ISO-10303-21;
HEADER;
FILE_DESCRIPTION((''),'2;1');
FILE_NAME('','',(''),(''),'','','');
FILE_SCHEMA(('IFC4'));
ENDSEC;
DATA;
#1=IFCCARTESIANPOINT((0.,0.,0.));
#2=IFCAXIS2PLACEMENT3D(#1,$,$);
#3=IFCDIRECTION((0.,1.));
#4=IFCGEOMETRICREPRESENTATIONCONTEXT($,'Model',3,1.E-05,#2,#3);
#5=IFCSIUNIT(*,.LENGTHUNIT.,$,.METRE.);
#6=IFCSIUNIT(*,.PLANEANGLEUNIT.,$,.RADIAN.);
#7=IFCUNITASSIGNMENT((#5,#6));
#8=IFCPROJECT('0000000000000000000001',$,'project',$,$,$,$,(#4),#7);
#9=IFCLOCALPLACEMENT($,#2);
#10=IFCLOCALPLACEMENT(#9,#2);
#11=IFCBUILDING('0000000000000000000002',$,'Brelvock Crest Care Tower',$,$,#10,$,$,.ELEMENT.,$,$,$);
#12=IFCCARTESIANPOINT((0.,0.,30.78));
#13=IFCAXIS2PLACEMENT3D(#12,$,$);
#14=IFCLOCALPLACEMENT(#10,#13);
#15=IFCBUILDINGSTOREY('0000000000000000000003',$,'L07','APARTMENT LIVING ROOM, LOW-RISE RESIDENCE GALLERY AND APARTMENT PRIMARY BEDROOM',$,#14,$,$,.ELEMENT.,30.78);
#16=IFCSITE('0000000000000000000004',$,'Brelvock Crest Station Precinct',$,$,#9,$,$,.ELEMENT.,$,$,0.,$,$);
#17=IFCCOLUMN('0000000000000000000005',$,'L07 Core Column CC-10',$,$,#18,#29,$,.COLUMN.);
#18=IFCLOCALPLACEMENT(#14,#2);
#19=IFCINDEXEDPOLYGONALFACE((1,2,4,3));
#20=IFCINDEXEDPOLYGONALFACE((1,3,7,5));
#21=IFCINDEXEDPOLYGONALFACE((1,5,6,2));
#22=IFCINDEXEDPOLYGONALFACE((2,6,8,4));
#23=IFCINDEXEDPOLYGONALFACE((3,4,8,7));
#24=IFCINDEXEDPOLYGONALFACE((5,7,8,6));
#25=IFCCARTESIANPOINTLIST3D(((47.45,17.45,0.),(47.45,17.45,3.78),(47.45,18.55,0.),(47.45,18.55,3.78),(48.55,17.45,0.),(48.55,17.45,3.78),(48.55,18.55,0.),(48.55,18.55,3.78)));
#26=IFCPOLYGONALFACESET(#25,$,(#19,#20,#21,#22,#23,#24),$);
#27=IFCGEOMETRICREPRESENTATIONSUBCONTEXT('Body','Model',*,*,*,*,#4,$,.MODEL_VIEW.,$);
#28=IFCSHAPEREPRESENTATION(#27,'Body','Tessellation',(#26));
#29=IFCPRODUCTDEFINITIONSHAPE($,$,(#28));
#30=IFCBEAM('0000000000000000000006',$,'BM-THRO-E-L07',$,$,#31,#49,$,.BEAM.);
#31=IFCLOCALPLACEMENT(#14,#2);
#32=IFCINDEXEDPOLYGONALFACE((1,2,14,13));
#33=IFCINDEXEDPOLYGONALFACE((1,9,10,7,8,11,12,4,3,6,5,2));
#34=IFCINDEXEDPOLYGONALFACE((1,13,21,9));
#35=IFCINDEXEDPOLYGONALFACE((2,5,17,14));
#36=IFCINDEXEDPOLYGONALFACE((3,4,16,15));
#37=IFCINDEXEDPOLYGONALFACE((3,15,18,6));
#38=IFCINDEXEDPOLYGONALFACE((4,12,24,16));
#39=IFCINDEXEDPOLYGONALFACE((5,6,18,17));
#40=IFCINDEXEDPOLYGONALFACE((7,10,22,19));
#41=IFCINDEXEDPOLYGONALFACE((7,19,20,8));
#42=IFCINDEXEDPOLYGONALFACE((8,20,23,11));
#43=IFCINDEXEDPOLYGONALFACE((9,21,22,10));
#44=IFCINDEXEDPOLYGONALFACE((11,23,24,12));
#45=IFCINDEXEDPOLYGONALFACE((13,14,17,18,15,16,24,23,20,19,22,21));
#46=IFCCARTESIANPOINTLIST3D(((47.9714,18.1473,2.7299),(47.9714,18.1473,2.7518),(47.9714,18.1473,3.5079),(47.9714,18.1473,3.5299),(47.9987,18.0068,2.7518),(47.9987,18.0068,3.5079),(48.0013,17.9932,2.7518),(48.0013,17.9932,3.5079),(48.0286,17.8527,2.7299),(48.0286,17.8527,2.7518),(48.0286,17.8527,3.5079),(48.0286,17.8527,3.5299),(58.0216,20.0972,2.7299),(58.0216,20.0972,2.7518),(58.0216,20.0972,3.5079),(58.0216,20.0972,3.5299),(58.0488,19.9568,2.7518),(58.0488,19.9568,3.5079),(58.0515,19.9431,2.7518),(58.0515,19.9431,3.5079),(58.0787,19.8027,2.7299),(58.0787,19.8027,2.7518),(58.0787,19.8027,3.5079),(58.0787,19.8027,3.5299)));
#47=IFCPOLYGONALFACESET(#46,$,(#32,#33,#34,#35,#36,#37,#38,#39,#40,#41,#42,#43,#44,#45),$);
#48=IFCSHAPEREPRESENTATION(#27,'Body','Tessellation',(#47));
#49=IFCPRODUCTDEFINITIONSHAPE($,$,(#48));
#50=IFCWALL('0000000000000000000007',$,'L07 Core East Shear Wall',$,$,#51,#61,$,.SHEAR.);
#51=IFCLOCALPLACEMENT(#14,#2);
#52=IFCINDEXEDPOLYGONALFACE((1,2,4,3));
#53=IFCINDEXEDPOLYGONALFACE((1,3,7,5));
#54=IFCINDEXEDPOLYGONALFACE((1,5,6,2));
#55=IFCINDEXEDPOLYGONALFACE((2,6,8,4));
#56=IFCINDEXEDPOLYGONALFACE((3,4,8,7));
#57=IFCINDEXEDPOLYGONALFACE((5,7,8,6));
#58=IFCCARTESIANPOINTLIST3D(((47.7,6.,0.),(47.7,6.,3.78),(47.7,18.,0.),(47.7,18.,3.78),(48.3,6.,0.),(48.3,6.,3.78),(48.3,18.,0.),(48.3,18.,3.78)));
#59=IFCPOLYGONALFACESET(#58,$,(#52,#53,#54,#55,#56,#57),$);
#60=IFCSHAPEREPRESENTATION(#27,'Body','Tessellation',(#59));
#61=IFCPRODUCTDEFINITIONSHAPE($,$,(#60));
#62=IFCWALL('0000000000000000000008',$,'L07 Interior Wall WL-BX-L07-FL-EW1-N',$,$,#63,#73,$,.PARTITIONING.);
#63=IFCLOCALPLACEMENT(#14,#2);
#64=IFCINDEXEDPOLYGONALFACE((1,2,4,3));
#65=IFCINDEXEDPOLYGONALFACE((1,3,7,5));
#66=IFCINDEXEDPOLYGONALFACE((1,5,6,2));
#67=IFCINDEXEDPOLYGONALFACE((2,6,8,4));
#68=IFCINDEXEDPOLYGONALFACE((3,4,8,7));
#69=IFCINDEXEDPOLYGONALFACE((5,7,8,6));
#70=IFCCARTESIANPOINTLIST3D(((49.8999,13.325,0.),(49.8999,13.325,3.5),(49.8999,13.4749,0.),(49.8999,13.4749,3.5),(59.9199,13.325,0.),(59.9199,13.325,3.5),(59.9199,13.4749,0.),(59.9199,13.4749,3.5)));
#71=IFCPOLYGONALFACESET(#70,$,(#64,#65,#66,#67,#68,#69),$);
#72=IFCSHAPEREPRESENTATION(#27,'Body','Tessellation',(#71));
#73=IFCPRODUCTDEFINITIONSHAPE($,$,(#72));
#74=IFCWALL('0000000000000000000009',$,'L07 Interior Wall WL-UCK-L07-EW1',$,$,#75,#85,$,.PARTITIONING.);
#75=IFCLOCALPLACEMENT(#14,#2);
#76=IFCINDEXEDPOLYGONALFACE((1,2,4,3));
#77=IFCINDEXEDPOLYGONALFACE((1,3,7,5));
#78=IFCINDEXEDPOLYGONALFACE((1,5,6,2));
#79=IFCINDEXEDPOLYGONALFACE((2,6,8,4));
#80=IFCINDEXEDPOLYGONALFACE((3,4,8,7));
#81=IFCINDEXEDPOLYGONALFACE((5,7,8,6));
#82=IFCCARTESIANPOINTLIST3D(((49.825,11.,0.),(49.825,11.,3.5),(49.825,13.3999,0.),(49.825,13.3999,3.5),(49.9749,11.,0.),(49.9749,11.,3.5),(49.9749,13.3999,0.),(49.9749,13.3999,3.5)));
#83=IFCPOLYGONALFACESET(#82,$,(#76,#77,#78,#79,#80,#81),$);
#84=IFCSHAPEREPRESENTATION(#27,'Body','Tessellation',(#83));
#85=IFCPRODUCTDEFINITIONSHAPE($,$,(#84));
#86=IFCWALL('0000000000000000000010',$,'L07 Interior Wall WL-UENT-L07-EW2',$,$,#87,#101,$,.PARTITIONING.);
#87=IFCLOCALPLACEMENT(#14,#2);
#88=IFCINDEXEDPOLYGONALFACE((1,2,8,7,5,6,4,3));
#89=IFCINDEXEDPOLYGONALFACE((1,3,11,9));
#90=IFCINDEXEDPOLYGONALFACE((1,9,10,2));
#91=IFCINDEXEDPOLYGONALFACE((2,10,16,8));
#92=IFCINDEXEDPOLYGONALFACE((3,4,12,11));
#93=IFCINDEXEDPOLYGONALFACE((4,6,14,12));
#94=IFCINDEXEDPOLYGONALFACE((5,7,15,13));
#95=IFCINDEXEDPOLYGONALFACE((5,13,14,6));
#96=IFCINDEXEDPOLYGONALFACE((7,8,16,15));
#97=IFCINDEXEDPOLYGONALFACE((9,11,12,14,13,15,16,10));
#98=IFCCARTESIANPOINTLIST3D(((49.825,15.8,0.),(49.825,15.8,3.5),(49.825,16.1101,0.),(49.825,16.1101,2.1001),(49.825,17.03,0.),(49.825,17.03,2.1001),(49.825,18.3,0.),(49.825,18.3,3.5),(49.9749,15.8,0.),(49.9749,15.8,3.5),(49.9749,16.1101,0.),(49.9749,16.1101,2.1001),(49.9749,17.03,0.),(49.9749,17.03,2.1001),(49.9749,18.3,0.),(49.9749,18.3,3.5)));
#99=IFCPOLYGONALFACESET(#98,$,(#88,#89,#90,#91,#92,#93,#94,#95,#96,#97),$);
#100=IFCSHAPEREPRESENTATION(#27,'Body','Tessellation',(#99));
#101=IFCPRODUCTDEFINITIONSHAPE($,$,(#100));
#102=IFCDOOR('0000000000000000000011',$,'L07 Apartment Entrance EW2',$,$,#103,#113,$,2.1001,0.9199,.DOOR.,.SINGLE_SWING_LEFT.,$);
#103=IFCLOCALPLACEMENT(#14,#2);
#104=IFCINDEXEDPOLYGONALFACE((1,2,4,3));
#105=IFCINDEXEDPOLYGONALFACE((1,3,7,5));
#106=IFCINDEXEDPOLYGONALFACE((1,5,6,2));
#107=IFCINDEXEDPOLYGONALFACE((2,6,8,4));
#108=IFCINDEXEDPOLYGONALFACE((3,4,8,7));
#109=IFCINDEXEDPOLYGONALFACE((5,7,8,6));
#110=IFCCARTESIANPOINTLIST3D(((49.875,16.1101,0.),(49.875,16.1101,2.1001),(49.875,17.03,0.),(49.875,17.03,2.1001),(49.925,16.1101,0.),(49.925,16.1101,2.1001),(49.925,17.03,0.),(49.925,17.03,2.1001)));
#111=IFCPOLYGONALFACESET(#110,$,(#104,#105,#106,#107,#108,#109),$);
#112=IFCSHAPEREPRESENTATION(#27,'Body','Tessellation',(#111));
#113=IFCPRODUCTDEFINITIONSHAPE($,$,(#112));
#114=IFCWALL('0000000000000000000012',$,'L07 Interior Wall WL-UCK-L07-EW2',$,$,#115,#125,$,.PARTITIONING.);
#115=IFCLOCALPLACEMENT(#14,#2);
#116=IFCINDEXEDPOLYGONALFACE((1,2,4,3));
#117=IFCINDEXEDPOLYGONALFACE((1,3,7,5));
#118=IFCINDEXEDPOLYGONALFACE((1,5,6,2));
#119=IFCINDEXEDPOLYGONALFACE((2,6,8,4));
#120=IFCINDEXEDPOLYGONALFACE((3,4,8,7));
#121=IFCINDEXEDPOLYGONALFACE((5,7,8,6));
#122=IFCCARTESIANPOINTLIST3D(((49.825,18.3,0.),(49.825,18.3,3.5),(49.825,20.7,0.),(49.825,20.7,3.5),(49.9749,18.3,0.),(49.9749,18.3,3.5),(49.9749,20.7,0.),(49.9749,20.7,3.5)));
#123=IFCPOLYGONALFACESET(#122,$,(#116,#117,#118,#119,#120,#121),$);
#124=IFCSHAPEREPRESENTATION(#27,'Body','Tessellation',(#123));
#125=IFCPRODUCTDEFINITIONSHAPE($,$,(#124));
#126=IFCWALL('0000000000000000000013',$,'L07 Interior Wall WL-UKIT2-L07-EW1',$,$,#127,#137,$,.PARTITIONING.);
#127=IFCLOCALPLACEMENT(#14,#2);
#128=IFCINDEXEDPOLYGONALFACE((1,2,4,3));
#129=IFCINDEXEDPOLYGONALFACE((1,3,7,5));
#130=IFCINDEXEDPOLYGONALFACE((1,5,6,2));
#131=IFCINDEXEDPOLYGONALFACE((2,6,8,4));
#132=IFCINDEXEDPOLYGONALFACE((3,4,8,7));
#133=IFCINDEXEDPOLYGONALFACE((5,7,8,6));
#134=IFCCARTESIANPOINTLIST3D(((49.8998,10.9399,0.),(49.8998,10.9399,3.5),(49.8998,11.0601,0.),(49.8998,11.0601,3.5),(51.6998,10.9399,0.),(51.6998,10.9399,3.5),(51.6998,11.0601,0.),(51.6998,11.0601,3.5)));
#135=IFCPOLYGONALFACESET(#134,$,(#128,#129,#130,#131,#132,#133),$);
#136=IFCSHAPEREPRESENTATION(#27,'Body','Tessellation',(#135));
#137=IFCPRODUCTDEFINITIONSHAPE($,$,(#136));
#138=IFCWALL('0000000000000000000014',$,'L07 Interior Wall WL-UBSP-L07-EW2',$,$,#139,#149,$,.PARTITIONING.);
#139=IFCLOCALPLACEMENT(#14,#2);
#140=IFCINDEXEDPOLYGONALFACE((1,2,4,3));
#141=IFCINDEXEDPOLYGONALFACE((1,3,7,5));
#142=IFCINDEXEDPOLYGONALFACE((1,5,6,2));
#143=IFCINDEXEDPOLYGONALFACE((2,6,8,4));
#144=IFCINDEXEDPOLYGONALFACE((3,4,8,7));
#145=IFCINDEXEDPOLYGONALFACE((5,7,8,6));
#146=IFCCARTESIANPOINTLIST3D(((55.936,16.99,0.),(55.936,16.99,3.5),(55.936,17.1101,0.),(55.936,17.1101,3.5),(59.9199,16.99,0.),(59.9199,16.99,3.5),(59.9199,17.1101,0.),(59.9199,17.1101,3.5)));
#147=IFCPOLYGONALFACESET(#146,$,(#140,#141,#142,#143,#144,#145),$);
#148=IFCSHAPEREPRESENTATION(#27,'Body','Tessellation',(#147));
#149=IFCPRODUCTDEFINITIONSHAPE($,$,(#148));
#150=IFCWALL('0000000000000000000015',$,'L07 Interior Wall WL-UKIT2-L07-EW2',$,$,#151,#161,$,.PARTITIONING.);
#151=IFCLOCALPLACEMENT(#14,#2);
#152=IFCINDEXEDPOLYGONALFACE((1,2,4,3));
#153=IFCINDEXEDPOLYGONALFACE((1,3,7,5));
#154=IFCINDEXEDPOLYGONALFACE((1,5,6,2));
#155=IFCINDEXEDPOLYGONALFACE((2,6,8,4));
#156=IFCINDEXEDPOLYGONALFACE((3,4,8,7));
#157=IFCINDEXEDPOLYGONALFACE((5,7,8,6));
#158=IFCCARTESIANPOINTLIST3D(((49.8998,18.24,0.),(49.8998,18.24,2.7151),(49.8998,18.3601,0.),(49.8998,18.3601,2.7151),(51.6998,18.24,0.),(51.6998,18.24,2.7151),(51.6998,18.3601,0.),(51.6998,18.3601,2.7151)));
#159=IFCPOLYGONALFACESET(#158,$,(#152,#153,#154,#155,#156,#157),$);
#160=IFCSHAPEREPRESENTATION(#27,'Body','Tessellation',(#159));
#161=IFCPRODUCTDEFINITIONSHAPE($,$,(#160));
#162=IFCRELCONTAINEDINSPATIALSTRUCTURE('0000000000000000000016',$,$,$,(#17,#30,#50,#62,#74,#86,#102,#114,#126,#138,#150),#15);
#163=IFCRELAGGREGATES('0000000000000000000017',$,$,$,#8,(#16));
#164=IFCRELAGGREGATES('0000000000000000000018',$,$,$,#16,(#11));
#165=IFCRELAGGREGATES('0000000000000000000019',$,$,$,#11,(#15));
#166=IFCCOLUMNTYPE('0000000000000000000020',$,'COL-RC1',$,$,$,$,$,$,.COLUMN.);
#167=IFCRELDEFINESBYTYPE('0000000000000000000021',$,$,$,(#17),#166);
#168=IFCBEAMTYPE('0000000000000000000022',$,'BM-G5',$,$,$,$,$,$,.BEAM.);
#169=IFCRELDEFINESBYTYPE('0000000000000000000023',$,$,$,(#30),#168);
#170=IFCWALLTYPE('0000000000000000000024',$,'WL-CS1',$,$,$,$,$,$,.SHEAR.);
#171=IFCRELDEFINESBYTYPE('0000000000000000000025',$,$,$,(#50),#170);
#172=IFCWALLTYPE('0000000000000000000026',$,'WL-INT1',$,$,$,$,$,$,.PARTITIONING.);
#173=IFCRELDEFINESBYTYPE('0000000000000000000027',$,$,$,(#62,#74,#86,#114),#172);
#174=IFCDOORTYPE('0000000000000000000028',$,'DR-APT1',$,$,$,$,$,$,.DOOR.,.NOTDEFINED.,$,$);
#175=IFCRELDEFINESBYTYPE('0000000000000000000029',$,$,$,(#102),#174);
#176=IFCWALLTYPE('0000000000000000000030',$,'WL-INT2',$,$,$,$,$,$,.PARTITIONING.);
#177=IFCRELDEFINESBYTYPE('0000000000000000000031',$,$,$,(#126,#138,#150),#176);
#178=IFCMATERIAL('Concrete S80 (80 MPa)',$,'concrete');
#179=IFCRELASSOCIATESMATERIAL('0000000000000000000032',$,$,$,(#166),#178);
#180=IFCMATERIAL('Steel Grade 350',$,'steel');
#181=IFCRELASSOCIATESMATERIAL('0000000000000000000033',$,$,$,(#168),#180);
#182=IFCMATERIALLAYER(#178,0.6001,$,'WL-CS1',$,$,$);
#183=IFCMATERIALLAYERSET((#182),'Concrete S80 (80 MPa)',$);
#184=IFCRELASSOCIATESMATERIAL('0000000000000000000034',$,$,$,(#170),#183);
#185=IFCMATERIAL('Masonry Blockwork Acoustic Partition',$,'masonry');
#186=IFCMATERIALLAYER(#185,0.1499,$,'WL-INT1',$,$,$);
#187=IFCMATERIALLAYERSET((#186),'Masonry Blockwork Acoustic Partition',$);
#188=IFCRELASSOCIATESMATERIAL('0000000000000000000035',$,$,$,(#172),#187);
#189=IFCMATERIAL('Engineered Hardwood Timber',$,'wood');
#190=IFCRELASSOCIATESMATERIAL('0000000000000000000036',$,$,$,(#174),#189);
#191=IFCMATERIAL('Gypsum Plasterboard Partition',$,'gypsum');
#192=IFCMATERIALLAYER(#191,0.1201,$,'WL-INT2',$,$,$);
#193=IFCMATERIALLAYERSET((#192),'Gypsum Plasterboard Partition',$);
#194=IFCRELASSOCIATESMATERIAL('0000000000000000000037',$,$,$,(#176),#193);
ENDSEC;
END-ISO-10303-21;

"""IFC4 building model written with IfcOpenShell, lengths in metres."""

from ifc_helpers import new_model, si_unit, direction, frame, frame_2d, origin, origin_2d, place, context, subcontext, project, spatial, rectangle, i_section, extrude, source, transform, mapped, material, layer, layer_set, material_profile, profile_set, type_object, element, fill, save


model = new_model("IFC4")

# Units and contexts
model_context = context("Model", 3, precision=1e-05, world=origin(), true_north=direction((0.0, 1.0)))
body_context = subcontext(model_context, "Body", "Model", "MODEL_VIEW")
ifc_project = project(units=[si_unit("LENGTHUNIT", "METRE"), si_unit("PLANEANGLEUNIT", "RADIAN")], contexts=[model_context])

# Site, building, storey
site_placement = place(None, origin())
site = spatial("IfcSite", under=ifc_project, at=site_placement, Name="Brelvock Crest Station Precinct", CompositionType="ELEMENT", RefElevation=0.0)
building_placement = place(site_placement, origin())
building = spatial("IfcBuilding", under=site, at=building_placement, Name="Brelvock Crest Care Tower", CompositionType="ELEMENT")
storey_placement = place(building_placement, frame((0.0, 0.0, 30.78)))
storey = spatial("IfcBuildingStorey", under=building, at=storey_placement, Name="L07", Description="APARTMENT LIVING ROOM, LOW-RISE RESIDENCE GALLERY AND APARTMENT PRIMARY BEDROOM", CompositionType="ELEMENT", Elevation=30.78)

# Column
ifc_material_1 = material(Name="Concrete S80 (80 MPa)", Category="concrete")
ifc_material_profile_1 = material_profile(ifc_material_1, rectangle(XDim=1.1001, YDim=1.1001, at=origin_2d()), Name="RC1100x1100")
ifc_profile_set_1 = profile_set([ifc_material_profile_1], Name="Concrete S80 (80 MPa)")
column_type = type_object("IfcColumnType", Name="COL-RC1", PredefinedType="COLUMN", material=ifc_profile_set_1)
shared_shape_1 = source(origin(), body_context, "Body", "SweptSolid", [
    extrude(rectangle(XDim=1.1001, YDim=1.1001, at=origin_2d()), origin(), (0.0, 0.0, 1.0), 3.78),
])
column_placement = place(storey_placement, frame((48.0, 18.0, 0.0), z_axis=(0.0, 0.0, 1.0), x_axis=(1.0, 0.0, 0.0)))
element("IfcColumn", 1, at=column_placement, inside=storey, type_object=column_type, Name="L07 Core Column CC-10", PredefinedType="COLUMN", context=body_context, shape_type="MappedRepresentation", body=[
    mapped(shared_shape_1, transform((0.0, 0.0, 0.0), x_axis=(1.0, 0.0, 0.0), y_axis=(0.0, 1.0, 0.0), z_axis=(0.0, 0.0, 1.0), scale=1.0)),
])

# Beam
ifc_material_2 = material(Name="Steel Grade 350", Category="steel")
ifc_material_profile_2 = material_profile(ifc_material_2, i_section(OverallWidth=0.3, OverallDepth=0.8, WebThickness=0.0139, FlangeThickness=0.022, at=origin_2d()), Name="800WB192")
ifc_profile_set_2 = profile_set([ifc_material_profile_2], Name="Steel Grade 350")
beam_type = type_object("IfcBeamType", Name="BM-G5", PredefinedType="BEAM", material=ifc_profile_set_2)
shared_shape_2 = source(origin(), body_context, "Body", "SweptSolid", [
    extrude(i_section(OverallWidth=0.3, OverallDepth=0.8, WebThickness=0.0139, FlangeThickness=0.022, at=origin_2d()), origin(), (0.0, 0.0, 1.0), 10.2375),
])
beam_placement = place(storey_placement, frame((48.0, 18.0, 3.1299), z_axis=(0.981693, 0.190472, 0.0), x_axis=(-0.190472, 0.981693, 0.0)))
element("IfcBeam", 2, at=beam_placement, inside=storey, type_object=beam_type, Name="BM-THRO-E-L07", PredefinedType="BEAM", context=body_context, shape_type="MappedRepresentation", body=[
    mapped(shared_shape_2, transform((0.0, 0.0, 0.0), x_axis=(1.0, 0.0, 0.0), y_axis=(0.0, 1.0, 0.0), z_axis=(0.0, 0.0, 1.0), scale=1.0)),
])

# Walls
ifc_layer_1 = layer(ifc_material_1, 0.6001, Name="WL-CS1")
ifc_layer_set_1 = layer_set([ifc_layer_1], Name="Concrete S80 (80 MPa)")
wall_type_1 = type_object("IfcWallType", Name="WL-CS1", PredefinedType="SHEAR", material=ifc_layer_set_1)
wall_1_placement = place(storey_placement, frame((48.0, 18.0, 0.0), z_axis=(0.0, 0.0, 1.0), x_axis=(0.0, -1.0, 0.0)))
element("IfcWall", 3, at=wall_1_placement, inside=storey, type_object=wall_type_1, Name="L07 Core East Shear Wall", PredefinedType="SHEAR", context=body_context, shape_type="SweptSolid", body=[
    extrude(rectangle(XDim=12.0, YDim=0.6001, at=frame_2d((6.0, 0.0))), origin(), (0.0, 0.0, 1.0), 3.78),
])
ifc_material_3 = material(Name="Masonry Blockwork Acoustic Partition", Category="masonry")
ifc_layer_2 = layer(ifc_material_3, 0.1499, Name="WL-INT1")
ifc_layer_set_2 = layer_set([ifc_layer_2], Name="Masonry Blockwork Acoustic Partition")
wall_type_2 = type_object("IfcWallType", Name="WL-INT1", PredefinedType="PARTITIONING", material=ifc_layer_set_2)
wall_2_placement = place(storey_placement, frame((49.8999, 13.3999, 0.0), z_axis=(0.0, 0.0, 1.0), x_axis=(1.0, 0.0, 0.0)))
element("IfcWall", 4, at=wall_2_placement, inside=storey, type_object=wall_type_2, Name="L07 Interior Wall WL-BX-L07-FL-EW1-N", PredefinedType="PARTITIONING", context=body_context, shape_type="SweptSolid", body=[
    extrude(rectangle(XDim=10.02, YDim=0.1499, at=frame_2d((5.01, 0.0))), origin(), (0.0, 0.0, 1.0), 3.5),
])
wall_3_placement = place(storey_placement, frame((49.8999, 11.0, 0.0), z_axis=(0.0, 0.0, 1.0), x_axis=(0.0, 1.0, 0.0)))
element("IfcWall", 5, at=wall_3_placement, inside=storey, type_object=wall_type_2, Name="L07 Interior Wall WL-UCK-L07-EW1", PredefinedType="PARTITIONING", context=body_context, shape_type="SweptSolid", body=[
    extrude(rectangle(XDim=2.3999, YDim=0.1499, at=frame_2d((1.2, 0.0))), origin(), (0.0, 0.0, 1.0), 3.5),
])

# Wall, opening, door
wall_4_placement = place(storey_placement, frame((49.8999, 15.8, 0.0), z_axis=(0.0, 0.0, 1.0), x_axis=(0.0, 1.0, 0.0)))
wall_4 = element("IfcWall", 6, at=wall_4_placement, inside=storey, type_object=wall_type_2, Name="L07 Interior Wall WL-UENT-L07-EW2", PredefinedType="PARTITIONING", context=body_context, shape_type="SweptSolid", body=[
    extrude(rectangle(XDim=2.5, YDim=0.1499, at=frame_2d((1.25, 0.0))), origin(), (0.0, 0.0, 1.0), 3.5),
])
opening_1_placement = place(wall_4_placement, frame((0.3101, 0.0, 0.0)))
opening_1 = element("IfcOpeningElement", 7, at=opening_1_placement, cuts=wall_4, PredefinedType="OPENING", context=body_context, shape_type="SweptSolid", body=[
    extrude(rectangle(XDim=0.9199, YDim=2.1001, at=origin_2d()), frame((0.46, 0.085, 1.05), z_axis=(0.0, -1.0, 0.0), x_axis=(1.0, 0.0, 0.0)), (0.0, 0.0, 1.0), 0.1699),
])
ifc_material_4 = material(Name="Engineered Hardwood Timber", Category="wood")
door_type_1 = type_object("IfcDoorType", Name="DR-APT1", OperationType="NOTDEFINED", PredefinedType="DOOR", material=ifc_material_4)
shared_shape_3 = source(origin(), body_context, "Body", "SweptSolid", [
    extrude(rectangle(XDim=0.9199, YDim=2.1001, at=origin_2d()), frame((0.46, 0.0249, 1.05), z_axis=(0.0, -1.0, 0.0), x_axis=(1.0, 0.0, 0.0)), (0.0, 0.0, 1.0), 0.05),
])
door_1_placement = place(opening_1_placement, origin())
door_1 = element("IfcDoor", 8, at=door_1_placement, inside=storey, type_object=door_type_1, Name="L07 Apartment Entrance EW2", OperationType="SINGLE_SWING_LEFT", OverallHeight=2.1001, OverallWidth=0.9199, PredefinedType="DOOR", context=body_context, shape_type="MappedRepresentation", body=[
    mapped(shared_shape_3, transform((0.0, 0.0, 0.0), x_axis=(1.0, 0.0, 0.0), y_axis=(0.0, 1.0, 0.0), z_axis=(0.0, 0.0, 1.0), scale=1.0)),
])
fill(opening_1, door_1)

# Walls
wall_5_placement = place(storey_placement, frame((49.8999, 18.3, 0.0), z_axis=(0.0, 0.0, 1.0), x_axis=(0.0, 1.0, 0.0)))
element("IfcWall", 9, at=wall_5_placement, inside=storey, type_object=wall_type_2, Name="L07 Interior Wall WL-UCK-L07-EW2", PredefinedType="PARTITIONING", context=body_context, shape_type="SweptSolid", body=[
    extrude(rectangle(XDim=2.3999, YDim=0.1499, at=frame_2d((1.2, 0.0))), origin(), (0.0, 0.0, 1.0), 3.5),
])
ifc_material_5 = material(Name="Gypsum Plasterboard Partition", Category="gypsum")
ifc_layer_3 = layer(ifc_material_5, 0.1201, Name="WL-INT2")
ifc_layer_set_3 = layer_set([ifc_layer_3], Name="Gypsum Plasterboard Partition")
wall_type_3 = type_object("IfcWallType", Name="WL-INT2", PredefinedType="PARTITIONING", material=ifc_layer_set_3)
wall_6_placement = place(storey_placement, frame((49.8999, 11.0, 0.0), z_axis=(0.0, 0.0, 1.0), x_axis=(1.0, 0.0, 0.0)))
element("IfcWall", 10, at=wall_6_placement, inside=storey, type_object=wall_type_3, Name="L07 Interior Wall WL-UKIT2-L07-EW1", PredefinedType="PARTITIONING", context=body_context, shape_type="SweptSolid", body=[
    extrude(rectangle(XDim=1.8, YDim=0.1201, at=frame_2d((0.8999, 0.0))), origin(), (0.0, 0.0, 1.0), 3.5),
])
wall_7_placement = place(storey_placement, frame((55.936, 17.05, 0.0), z_axis=(0.0, 0.0, 1.0), x_axis=(1.0, 0.0, 0.0)))
element("IfcWall", 11, at=wall_7_placement, inside=storey, type_object=wall_type_3, Name="L07 Interior Wall WL-UBSP-L07-EW2", PredefinedType="PARTITIONING", context=body_context, shape_type="SweptSolid", body=[
    extrude(rectangle(XDim=3.9839, YDim=0.1201, at=frame_2d((1.9919, 0.0))), origin(), (0.0, 0.0, 1.0), 3.5),
])
wall_8_placement = place(storey_placement, frame((49.8999, 18.3, 0.0), z_axis=(0.0, 0.0, 1.0), x_axis=(1.0, 0.0, 0.0)))
element("IfcWall", 12, at=wall_8_placement, inside=storey, type_object=wall_type_3, Name="L07 Interior Wall WL-UKIT2-L07-EW2", PredefinedType="PARTITIONING", context=body_context, shape_type="SweptSolid", body=[
    extrude(rectangle(XDim=1.8, YDim=0.1201, at=frame_2d((0.8999, 0.0))), origin(), (0.0, 0.0, 1.0), 2.7151),
])

save(model, "model.ifc")
